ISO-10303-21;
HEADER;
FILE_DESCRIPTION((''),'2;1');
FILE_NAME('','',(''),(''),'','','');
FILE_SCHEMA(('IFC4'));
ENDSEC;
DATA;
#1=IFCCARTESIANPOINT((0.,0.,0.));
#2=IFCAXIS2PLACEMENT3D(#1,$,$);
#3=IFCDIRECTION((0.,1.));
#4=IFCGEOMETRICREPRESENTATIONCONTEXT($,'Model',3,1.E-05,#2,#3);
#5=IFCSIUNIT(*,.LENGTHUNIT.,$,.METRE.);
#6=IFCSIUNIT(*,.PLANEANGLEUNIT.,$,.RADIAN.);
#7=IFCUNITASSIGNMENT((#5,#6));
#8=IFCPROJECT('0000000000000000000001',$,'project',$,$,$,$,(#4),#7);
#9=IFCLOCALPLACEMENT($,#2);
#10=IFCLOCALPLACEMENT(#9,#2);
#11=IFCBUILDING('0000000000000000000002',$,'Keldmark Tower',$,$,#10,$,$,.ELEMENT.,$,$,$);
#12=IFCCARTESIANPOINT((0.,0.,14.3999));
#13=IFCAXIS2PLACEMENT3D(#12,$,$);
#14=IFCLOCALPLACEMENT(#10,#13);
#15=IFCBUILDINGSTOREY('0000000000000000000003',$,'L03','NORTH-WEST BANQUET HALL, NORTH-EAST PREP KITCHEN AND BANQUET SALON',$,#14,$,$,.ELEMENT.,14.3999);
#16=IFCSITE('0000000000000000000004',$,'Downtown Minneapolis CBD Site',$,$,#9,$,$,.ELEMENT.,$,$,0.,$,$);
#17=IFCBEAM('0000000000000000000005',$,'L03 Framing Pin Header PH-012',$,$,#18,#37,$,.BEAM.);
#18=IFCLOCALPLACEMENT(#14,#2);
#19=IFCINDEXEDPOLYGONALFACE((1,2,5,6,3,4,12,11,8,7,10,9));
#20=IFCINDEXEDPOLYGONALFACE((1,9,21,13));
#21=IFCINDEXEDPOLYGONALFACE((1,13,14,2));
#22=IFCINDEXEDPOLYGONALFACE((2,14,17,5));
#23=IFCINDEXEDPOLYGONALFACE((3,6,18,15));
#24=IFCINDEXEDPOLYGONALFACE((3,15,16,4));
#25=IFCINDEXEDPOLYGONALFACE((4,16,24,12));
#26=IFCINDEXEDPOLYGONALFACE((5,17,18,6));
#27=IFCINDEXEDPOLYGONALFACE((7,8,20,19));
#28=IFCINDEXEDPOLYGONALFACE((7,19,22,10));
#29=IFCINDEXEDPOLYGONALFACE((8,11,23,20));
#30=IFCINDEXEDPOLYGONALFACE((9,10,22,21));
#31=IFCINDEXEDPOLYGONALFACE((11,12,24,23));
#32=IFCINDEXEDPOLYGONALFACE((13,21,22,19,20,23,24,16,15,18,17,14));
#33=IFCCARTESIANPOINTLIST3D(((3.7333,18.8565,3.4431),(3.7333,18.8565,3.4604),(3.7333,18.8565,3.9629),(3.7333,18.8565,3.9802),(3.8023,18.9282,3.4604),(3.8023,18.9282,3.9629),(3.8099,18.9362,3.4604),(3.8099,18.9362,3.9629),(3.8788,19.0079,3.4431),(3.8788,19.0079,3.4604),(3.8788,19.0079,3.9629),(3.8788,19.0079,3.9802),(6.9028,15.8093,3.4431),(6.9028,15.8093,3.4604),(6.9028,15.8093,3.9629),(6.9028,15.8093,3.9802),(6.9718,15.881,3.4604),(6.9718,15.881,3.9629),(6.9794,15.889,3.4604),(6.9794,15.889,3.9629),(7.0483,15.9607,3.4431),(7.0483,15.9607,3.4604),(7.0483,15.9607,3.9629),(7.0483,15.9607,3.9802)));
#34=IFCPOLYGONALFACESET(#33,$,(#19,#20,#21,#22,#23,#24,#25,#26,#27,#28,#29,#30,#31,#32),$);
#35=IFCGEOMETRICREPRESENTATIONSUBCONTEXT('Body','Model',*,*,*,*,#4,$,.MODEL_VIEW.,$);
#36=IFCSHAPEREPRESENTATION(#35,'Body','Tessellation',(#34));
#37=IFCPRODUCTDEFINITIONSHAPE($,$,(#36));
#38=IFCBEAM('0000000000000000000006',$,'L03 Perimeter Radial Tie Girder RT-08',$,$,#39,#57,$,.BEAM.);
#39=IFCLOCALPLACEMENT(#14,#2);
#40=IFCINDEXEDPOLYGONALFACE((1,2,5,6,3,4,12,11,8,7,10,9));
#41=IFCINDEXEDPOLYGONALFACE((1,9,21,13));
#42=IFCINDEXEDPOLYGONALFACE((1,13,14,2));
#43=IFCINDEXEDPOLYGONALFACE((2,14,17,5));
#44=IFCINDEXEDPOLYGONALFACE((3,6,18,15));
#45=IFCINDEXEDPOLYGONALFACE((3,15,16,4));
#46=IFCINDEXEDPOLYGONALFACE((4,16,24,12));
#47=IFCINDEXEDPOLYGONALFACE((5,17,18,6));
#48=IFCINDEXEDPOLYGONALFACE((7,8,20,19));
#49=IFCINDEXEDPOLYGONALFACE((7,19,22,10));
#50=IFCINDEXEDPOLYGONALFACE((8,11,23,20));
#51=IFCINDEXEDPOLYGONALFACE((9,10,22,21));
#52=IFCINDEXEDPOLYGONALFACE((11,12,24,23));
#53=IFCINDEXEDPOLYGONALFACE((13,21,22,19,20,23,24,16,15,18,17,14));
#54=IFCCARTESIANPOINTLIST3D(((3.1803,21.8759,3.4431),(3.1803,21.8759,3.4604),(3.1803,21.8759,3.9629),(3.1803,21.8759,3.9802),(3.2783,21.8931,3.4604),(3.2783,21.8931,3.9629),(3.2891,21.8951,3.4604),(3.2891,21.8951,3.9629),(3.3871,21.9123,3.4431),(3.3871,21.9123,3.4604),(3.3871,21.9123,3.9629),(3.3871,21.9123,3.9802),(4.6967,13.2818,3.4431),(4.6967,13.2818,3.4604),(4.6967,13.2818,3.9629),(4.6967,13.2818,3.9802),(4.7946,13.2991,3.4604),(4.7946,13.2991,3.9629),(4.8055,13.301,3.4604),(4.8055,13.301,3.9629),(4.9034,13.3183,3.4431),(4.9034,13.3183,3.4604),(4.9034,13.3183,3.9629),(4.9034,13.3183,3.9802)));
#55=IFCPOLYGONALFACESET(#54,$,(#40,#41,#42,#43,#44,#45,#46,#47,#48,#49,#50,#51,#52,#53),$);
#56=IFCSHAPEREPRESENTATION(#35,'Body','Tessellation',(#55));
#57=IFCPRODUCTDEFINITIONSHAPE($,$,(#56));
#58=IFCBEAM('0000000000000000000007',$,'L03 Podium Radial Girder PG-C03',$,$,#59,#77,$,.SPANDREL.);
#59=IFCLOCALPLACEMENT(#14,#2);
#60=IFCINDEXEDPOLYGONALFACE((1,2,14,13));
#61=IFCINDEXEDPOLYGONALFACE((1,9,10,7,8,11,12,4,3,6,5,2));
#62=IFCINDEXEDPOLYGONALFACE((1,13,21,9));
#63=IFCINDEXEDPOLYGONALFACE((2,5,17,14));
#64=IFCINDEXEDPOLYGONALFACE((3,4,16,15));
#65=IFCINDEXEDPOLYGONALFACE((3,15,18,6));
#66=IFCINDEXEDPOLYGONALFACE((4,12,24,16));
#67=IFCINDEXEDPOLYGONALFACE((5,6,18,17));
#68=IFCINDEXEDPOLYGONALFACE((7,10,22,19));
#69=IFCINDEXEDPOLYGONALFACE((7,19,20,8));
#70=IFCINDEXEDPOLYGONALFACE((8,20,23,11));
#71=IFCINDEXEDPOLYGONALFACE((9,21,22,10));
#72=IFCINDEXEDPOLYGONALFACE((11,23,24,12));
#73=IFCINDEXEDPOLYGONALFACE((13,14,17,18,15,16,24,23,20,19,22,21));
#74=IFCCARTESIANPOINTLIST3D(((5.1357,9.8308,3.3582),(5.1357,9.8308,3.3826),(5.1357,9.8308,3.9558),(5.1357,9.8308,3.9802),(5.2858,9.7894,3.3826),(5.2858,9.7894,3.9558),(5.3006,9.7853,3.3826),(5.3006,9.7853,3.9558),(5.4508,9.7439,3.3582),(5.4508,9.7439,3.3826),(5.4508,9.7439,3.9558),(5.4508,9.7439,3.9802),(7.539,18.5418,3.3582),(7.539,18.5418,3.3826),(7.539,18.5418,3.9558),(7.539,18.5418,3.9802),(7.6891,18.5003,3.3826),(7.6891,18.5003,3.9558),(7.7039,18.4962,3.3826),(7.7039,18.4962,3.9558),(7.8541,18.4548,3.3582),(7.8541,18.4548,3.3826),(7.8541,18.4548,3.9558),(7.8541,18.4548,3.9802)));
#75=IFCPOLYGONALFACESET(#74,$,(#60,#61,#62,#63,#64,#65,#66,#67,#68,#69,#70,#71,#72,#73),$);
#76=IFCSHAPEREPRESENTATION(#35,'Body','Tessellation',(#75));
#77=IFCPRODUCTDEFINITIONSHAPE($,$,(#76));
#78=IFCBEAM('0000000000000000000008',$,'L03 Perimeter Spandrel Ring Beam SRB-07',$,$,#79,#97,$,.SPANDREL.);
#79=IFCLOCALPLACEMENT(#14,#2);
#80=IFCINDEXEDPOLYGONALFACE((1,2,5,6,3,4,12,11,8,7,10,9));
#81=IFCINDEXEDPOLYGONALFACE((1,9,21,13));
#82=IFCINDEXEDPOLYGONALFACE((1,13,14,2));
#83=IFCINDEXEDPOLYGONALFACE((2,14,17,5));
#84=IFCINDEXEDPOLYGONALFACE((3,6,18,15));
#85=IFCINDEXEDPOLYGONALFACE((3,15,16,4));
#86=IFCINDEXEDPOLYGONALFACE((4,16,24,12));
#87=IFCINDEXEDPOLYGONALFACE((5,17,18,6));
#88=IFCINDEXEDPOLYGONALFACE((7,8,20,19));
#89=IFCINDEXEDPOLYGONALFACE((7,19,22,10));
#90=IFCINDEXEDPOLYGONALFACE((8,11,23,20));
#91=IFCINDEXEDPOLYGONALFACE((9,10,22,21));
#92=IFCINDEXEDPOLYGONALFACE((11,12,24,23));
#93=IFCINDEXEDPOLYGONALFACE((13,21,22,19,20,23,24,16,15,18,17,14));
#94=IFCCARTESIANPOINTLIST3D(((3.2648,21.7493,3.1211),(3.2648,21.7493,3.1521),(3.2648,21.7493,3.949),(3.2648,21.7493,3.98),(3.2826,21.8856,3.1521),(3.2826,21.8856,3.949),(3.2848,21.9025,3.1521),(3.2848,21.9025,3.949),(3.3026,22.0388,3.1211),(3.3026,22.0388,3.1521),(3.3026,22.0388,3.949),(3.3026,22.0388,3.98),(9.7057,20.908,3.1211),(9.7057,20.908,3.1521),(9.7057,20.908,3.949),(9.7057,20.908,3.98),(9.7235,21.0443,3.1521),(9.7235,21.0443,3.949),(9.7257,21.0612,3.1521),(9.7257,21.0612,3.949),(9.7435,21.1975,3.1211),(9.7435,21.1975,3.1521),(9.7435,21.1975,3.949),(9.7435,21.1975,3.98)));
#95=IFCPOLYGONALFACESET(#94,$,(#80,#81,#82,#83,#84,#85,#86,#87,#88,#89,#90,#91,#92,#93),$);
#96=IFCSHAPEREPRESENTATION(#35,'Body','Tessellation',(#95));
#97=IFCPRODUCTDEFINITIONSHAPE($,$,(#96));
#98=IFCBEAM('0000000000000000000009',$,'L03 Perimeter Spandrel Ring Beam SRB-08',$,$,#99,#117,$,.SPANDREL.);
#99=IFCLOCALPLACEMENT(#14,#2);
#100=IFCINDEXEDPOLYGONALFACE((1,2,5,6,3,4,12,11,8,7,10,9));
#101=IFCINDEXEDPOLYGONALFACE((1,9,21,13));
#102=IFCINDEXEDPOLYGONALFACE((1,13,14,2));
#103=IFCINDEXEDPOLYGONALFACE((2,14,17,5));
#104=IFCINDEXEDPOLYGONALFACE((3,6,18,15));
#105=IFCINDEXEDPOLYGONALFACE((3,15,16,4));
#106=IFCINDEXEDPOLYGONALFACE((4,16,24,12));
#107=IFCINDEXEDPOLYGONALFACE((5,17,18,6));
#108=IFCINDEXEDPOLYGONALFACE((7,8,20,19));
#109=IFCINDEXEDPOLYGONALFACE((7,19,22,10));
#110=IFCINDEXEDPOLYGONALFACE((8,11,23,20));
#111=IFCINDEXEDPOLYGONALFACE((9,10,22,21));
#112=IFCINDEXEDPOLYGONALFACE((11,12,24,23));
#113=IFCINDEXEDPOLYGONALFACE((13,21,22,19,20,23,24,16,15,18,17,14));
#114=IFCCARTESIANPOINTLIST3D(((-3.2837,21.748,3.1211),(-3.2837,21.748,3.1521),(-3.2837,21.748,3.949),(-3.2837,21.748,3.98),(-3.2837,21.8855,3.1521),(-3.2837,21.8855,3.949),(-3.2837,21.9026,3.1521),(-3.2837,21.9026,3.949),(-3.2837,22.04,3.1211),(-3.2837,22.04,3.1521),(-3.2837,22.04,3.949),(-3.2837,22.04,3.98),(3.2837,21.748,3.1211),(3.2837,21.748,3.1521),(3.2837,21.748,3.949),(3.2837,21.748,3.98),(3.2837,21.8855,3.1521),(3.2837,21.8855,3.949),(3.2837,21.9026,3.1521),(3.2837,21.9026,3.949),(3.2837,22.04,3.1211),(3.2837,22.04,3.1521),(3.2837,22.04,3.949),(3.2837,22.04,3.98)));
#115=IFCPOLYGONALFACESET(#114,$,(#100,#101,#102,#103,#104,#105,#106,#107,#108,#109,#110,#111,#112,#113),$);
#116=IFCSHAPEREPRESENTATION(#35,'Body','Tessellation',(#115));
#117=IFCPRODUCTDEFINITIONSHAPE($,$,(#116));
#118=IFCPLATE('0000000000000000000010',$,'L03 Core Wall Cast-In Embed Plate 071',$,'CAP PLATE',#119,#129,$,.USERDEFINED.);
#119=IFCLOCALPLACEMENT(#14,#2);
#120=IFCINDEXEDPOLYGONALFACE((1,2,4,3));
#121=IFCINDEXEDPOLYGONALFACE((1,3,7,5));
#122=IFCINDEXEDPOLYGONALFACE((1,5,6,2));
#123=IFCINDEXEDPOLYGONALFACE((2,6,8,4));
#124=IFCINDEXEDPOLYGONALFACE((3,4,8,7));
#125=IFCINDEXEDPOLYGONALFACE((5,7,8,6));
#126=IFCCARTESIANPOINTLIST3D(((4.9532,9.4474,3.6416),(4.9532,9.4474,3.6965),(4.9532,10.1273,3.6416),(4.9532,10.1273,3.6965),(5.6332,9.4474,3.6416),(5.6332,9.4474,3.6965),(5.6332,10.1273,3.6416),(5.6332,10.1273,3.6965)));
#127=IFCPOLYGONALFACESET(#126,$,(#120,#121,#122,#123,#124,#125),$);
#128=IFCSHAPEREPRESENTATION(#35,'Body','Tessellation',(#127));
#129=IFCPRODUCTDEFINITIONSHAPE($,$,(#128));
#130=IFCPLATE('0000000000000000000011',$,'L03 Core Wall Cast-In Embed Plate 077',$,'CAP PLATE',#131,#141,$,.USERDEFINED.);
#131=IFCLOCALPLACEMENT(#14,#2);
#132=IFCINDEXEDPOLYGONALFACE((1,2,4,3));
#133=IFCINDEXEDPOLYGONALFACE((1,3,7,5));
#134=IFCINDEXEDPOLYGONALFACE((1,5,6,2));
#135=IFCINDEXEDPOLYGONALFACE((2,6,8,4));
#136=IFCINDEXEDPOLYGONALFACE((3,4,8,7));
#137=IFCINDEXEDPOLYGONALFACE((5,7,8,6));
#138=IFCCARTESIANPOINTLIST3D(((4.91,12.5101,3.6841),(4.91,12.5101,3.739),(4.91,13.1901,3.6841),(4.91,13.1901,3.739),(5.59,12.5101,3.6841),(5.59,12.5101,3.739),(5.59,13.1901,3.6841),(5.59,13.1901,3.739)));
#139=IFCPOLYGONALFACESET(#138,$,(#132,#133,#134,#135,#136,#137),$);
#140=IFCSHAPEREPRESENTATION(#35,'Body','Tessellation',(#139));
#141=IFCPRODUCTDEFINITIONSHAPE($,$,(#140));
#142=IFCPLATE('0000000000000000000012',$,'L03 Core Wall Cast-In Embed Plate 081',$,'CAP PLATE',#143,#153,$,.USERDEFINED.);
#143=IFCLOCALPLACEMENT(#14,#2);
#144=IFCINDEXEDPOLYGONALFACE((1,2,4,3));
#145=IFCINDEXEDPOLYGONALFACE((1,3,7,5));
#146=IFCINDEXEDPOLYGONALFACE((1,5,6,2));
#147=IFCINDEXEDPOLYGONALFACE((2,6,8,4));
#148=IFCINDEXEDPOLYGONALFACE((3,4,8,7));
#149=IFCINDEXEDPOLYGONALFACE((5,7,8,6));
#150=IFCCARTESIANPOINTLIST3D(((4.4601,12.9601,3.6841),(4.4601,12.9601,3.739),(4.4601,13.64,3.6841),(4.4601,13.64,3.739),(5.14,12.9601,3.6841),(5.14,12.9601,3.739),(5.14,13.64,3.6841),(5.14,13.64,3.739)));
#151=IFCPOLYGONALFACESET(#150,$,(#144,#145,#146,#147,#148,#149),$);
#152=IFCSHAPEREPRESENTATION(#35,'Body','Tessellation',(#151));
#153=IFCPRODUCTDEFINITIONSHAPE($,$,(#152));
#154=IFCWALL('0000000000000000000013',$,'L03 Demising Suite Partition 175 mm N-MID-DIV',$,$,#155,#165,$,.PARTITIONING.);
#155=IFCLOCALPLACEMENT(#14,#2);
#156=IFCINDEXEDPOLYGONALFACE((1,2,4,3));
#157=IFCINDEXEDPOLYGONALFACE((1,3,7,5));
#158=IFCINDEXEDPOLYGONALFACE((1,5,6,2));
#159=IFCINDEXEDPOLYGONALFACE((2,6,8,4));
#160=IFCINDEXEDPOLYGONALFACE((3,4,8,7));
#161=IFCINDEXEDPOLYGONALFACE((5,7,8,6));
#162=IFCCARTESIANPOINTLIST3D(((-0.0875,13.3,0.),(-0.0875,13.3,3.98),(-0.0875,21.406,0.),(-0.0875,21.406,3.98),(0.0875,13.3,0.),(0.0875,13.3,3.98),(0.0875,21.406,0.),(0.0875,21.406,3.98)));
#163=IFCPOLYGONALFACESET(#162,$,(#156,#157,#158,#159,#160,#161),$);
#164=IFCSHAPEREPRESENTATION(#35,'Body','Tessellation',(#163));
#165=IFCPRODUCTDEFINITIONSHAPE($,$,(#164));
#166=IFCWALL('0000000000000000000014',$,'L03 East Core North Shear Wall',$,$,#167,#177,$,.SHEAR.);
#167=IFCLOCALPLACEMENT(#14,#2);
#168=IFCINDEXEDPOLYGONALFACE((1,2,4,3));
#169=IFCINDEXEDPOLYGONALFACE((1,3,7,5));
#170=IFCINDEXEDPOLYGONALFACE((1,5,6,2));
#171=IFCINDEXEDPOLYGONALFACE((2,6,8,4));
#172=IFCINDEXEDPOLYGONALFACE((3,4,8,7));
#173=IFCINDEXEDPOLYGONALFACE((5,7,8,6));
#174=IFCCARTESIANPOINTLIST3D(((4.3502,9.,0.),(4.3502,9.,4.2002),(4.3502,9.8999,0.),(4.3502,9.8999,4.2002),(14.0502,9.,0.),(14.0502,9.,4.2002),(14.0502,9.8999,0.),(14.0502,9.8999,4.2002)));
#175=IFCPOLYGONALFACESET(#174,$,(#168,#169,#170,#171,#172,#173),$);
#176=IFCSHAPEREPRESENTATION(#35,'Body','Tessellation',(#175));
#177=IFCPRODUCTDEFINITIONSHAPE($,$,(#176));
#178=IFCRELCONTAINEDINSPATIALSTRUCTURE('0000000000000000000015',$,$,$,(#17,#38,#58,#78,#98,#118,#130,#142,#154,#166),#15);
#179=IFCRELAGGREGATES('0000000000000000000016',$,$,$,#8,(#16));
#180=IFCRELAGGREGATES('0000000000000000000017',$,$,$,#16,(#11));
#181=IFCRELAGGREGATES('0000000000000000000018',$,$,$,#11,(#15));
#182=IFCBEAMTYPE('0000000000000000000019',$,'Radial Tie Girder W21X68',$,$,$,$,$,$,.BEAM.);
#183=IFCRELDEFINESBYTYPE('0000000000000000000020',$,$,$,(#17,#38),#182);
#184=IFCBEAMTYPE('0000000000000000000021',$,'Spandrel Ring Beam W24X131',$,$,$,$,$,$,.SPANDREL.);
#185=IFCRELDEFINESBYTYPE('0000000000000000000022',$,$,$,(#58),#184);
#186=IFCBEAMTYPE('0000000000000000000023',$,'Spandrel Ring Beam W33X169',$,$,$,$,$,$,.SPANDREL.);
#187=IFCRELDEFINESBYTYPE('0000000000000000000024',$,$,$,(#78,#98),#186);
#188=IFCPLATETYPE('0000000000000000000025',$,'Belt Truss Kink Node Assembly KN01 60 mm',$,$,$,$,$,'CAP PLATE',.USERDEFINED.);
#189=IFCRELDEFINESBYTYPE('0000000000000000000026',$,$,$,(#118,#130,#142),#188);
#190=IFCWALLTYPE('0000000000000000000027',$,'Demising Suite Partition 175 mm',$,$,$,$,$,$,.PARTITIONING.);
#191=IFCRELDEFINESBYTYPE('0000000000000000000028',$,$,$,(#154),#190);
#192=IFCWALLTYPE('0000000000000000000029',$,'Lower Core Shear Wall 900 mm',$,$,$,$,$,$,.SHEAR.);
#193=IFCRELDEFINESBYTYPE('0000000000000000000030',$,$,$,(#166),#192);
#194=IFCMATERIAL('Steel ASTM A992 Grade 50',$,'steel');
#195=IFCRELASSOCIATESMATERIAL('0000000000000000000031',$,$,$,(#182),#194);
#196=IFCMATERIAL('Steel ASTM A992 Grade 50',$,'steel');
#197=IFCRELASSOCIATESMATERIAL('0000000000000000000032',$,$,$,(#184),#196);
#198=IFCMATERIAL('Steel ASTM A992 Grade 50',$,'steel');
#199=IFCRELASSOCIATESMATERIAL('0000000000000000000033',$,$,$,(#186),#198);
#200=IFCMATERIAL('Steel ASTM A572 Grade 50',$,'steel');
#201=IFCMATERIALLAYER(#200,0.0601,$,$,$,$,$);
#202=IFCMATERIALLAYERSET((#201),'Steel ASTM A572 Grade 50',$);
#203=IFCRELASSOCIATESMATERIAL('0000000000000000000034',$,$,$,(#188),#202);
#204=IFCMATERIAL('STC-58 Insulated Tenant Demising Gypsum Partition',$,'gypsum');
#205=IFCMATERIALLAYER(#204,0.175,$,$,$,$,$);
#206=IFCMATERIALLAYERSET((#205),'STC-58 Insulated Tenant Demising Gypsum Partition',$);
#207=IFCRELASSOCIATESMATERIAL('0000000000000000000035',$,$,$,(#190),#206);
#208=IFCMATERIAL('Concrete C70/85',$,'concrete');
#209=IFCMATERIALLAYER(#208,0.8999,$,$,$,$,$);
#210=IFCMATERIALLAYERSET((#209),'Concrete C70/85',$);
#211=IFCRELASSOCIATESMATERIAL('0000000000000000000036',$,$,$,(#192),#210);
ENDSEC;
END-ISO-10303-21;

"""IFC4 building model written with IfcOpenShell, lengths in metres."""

from ifc_helpers import new_model, si_unit, direction, frame, frame_2d, origin, origin_2d, place, context, subcontext, project, spatial, rectangle, i_section, extrude, material, layer, layer_set, material_profile, profile_set, type_object, element, save


model = new_model("IFC4")

# Units and contexts
model_context = context("Model", 3, precision=1e-05, world=origin(), true_north=direction((0.0, 1.0)))
body_context = subcontext(model_context, "Body", "Model", "MODEL_VIEW")
ifc_project = project(units=[si_unit("LENGTHUNIT", "METRE"), si_unit("PLANEANGLEUNIT", "RADIAN")], contexts=[model_context])

# Site, building, storey
site_placement = place(None, origin())
site = spatial("IfcSite", under=ifc_project, at=site_placement, Name="Downtown Minneapolis CBD Site", CompositionType="ELEMENT", RefElevation=0.0)
building_placement = place(site_placement, origin())
building = spatial("IfcBuilding", under=site, at=building_placement, Name="Keldmark Tower", CompositionType="ELEMENT")
storey_placement = place(building_placement, frame((0.0, 0.0, 14.3999)))
storey = spatial("IfcBuildingStorey", under=building, at=storey_placement, Name="L03", Description="NORTH-WEST BANQUET HALL, NORTH-EAST PREP KITCHEN AND BANQUET SALON", CompositionType="ELEMENT", Elevation=14.3999)

# Beams
ifc_material_1 = material(Name="Steel ASTM A992 Grade 50", Category="steel")
ifc_material_profile_1 = material_profile(ifc_material_1, i_section(OverallWidth=0.21, OverallDepth=0.5371, WebThickness=0.011, FlangeThickness=0.0173, at=origin_2d()), Name="W21X68")
ifc_profile_set_1 = profile_set([ifc_material_profile_1], Name="Steel ASTM A992 Grade 50")
beam_type_1 = type_object("IfcBeamType", Name="Radial Tie Girder W21X68", PredefinedType="BEAM", material=ifc_profile_set_1)
beam_1_placement = place(storey_placement, frame((6.9756, 15.885, 3.7117), z_axis=(-0.72088, 0.69306, 0.0), x_axis=(-0.69306, -0.72088, 0.0)))
element("IfcBeam", 1, at=beam_1_placement, inside=storey, type_object=beam_type_1, Name="L03 Framing Pin Header PH-012", PredefinedType="BEAM", context=body_context, shape_type="SweptSolid", body=[
    extrude(i_section(OverallWidth=0.21, OverallDepth=0.5371, WebThickness=0.011, FlangeThickness=0.0173, at=origin_2d()), origin(), (0.0, 0.0, 1.0), 4.3967),
])
beam_2_placement = place(storey_placement, frame((4.8, 13.3, 3.7117), z_axis=(-0.17376, 0.984788, 0.0), x_axis=(-0.984788, -0.17376, 0.0)))
element("IfcBeam", 2, at=beam_2_placement, inside=storey, type_object=beam_type_1, Name="L03 Perimeter Radial Tie Girder RT-08", PredefinedType="BEAM", context=body_context, shape_type="SweptSolid", body=[
    extrude(i_section(OverallWidth=0.21, OverallDepth=0.5371, WebThickness=0.011, FlangeThickness=0.0173, at=origin_2d()), origin(), (0.0, 0.0, 1.0), 8.7268),
])
ifc_material_2 = material(Name="Steel ASTM A992 Grade 50", Category="steel")
ifc_material_profile_2 = material_profile(ifc_material_2, i_section(OverallWidth=0.3269, OverallDepth=0.6221, WebThickness=0.0154, FlangeThickness=0.0244, at=origin_2d()), Name="W24X131")
ifc_profile_set_2 = profile_set([ifc_material_profile_2], Name="Steel ASTM A992 Grade 50")
beam_type_2 = type_object("IfcBeamType", Name="Spandrel Ring Beam W24X131", PredefinedType="SPANDREL", material=ifc_profile_set_2)
beam_3_placement = place(storey_placement, frame((7.6965, 18.4983, 3.6692), z_axis=(-0.26596, -0.963984, 0.0), x_axis=(0.963984, -0.26596, 0.0)))
element("IfcBeam", 3, at=beam_3_placement, inside=storey, type_object=beam_type_2, Name="L03 Podium Radial Girder PG-C03", PredefinedType="SPANDREL", context=body_context, shape_type="SweptSolid", body=[
    extrude(i_section(OverallWidth=0.3269, OverallDepth=0.6221, WebThickness=0.0154, FlangeThickness=0.0244, at=origin_2d()), origin(), (0.0, 0.0, 1.0), 9.0364),
])
ifc_material_3 = material(Name="Steel ASTM A992 Grade 50", Category="steel")
ifc_material_profile_3 = material_profile(ifc_material_3, i_section(OverallWidth=0.292, OverallDepth=0.8589, WebThickness=0.0171, FlangeThickness=0.031, at=origin_2d()), Name="W33X169")
ifc_profile_set_3 = profile_set([ifc_material_profile_3], Name="Steel ASTM A992 Grade 50")
beam_type_3 = type_object("IfcBeamType", Name="Spandrel Ring Beam W33X169", PredefinedType="SPANDREL", material=ifc_profile_set_3)
beam_4_placement = place(storey_placement, frame((9.7246, 21.0527, 3.5505), z_axis=(-0.991577, 0.129519, 0.0), x_axis=(-0.129519, -0.991577, 0.0)))
element("IfcBeam", 4, at=beam_4_placement, inside=storey, type_object=beam_type_3, Name="L03 Perimeter Spandrel Ring Beam SRB-07", PredefinedType="SPANDREL", context=body_context, shape_type="SweptSolid", body=[
    extrude(i_section(OverallWidth=0.292, OverallDepth=0.8589, WebThickness=0.0171, FlangeThickness=0.031, at=origin_2d()), origin(), (0.0, 0.0, 1.0), 6.4956),
])
beam_5_placement = place(storey_placement, frame((3.2837, 21.894, 3.5505), z_axis=(-1.0, 0.0, 0.0), x_axis=(0.0, -1.0, 0.0)))
element("IfcBeam", 5, at=beam_5_placement, inside=storey, type_object=beam_type_3, Name="L03 Perimeter Spandrel Ring Beam SRB-08", PredefinedType="SPANDREL", context=body_context, shape_type="SweptSolid", body=[
    extrude(i_section(OverallWidth=0.292, OverallDepth=0.8589, WebThickness=0.0171, FlangeThickness=0.031, at=origin_2d()), origin(), (0.0, 0.0, 1.0), 6.5674),
])

# Plates
ifc_material_4 = material(Name="Steel ASTM A572 Grade 50", Category="steel")
ifc_layer_1 = layer(ifc_material_4, 0.0601)
ifc_layer_set_1 = layer_set([ifc_layer_1], Name="Steel ASTM A572 Grade 50")
plate_type = type_object("IfcPlateType", Name="Belt Truss Kink Node Assembly KN01 60 mm", ElementType="CAP PLATE", PredefinedType="USERDEFINED", material=ifc_layer_set_1)
for number, where, z_axis, x_axis, name in (
    (6, (5.2932, 9.7874, 3.6416), (0.0, 0.0, 1.0), (1.0, 0.0, 0.0), "L03 Core Wall Cast-In Embed Plate 071"),
    (7, (5.25, 12.8501, 3.6841), (0.0, 0.0, 1.0), (1.0, 0.0, 0.0), "L03 Core Wall Cast-In Embed Plate 077"),
    (8, (4.8, 13.3, 3.6841), (0.0, 0.0, 1.0), (1.0, 0.0, 0.0), "L03 Core Wall Cast-In Embed Plate 081"),
):
    element("IfcPlate", number, at=place(storey_placement, frame(where, z_axis=z_axis, x_axis=x_axis)), inside=storey, type_object=plate_type, Name=name, ObjectType="CAP PLATE", PredefinedType="USERDEFINED", context=body_context, shape_type="SweptSolid", body=[
        extrude(rectangle(XDim=0.6799, YDim=0.6799, at=origin_2d()), origin(), (0.0, 0.0, 1.0), 0.0549),
    ])

# Walls
ifc_material_5 = material(Name="STC-58 Insulated Tenant Demising Gypsum Partition", Category="gypsum")
ifc_layer_2 = layer(ifc_material_5, 0.175)
ifc_layer_set_2 = layer_set([ifc_layer_2], Name="STC-58 Insulated Tenant Demising Gypsum Partition")
wall_type_1 = type_object("IfcWallType", Name="Demising Suite Partition 175 mm", PredefinedType="PARTITIONING", material=ifc_layer_set_2)
wall_1_placement = place(storey_placement, frame((0.0, 13.3, 0.0), z_axis=(0.0, 0.0, 1.0), x_axis=(0.0, 1.0, 0.0)))
element("IfcWall", 9, at=wall_1_placement, inside=storey, type_object=wall_type_1, Name="L03 Demising Suite Partition 175 mm N-MID-DIV", PredefinedType="PARTITIONING", context=body_context, shape_type="SweptSolid", body=[
    extrude(rectangle(XDim=8.106, YDim=0.175, at=frame_2d((4.053, 0.0))), origin(), (0.0, 0.0, 1.0), 3.98),
])
ifc_material_6 = material(Name="Concrete C70/85", Category="concrete")
ifc_layer_3 = layer(ifc_material_6, 0.8999)
ifc_layer_set_3 = layer_set([ifc_layer_3], Name="Concrete C70/85")
wall_type_2 = type_object("IfcWallType", Name="Lower Core Shear Wall 900 mm", PredefinedType="SHEAR", material=ifc_layer_set_3)
wall_2_placement = place(storey_placement, frame((4.3501, 9.45, 0.0), z_axis=(0.0, 0.0, 1.0), x_axis=(1.0, 0.0, 0.0)))
element("IfcWall", 10, at=wall_2_placement, inside=storey, type_object=wall_type_2, Name="L03 East Core North Shear Wall", PredefinedType="SHEAR", context=body_context, shape_type="SweptSolid", body=[
    extrude(rectangle(XDim=9.7, YDim=0.8999, at=frame_2d((4.8501, 0.0))), origin(), (0.0, 0.0, 1.0), 4.2002),
])

save(model, "model.ifc")
